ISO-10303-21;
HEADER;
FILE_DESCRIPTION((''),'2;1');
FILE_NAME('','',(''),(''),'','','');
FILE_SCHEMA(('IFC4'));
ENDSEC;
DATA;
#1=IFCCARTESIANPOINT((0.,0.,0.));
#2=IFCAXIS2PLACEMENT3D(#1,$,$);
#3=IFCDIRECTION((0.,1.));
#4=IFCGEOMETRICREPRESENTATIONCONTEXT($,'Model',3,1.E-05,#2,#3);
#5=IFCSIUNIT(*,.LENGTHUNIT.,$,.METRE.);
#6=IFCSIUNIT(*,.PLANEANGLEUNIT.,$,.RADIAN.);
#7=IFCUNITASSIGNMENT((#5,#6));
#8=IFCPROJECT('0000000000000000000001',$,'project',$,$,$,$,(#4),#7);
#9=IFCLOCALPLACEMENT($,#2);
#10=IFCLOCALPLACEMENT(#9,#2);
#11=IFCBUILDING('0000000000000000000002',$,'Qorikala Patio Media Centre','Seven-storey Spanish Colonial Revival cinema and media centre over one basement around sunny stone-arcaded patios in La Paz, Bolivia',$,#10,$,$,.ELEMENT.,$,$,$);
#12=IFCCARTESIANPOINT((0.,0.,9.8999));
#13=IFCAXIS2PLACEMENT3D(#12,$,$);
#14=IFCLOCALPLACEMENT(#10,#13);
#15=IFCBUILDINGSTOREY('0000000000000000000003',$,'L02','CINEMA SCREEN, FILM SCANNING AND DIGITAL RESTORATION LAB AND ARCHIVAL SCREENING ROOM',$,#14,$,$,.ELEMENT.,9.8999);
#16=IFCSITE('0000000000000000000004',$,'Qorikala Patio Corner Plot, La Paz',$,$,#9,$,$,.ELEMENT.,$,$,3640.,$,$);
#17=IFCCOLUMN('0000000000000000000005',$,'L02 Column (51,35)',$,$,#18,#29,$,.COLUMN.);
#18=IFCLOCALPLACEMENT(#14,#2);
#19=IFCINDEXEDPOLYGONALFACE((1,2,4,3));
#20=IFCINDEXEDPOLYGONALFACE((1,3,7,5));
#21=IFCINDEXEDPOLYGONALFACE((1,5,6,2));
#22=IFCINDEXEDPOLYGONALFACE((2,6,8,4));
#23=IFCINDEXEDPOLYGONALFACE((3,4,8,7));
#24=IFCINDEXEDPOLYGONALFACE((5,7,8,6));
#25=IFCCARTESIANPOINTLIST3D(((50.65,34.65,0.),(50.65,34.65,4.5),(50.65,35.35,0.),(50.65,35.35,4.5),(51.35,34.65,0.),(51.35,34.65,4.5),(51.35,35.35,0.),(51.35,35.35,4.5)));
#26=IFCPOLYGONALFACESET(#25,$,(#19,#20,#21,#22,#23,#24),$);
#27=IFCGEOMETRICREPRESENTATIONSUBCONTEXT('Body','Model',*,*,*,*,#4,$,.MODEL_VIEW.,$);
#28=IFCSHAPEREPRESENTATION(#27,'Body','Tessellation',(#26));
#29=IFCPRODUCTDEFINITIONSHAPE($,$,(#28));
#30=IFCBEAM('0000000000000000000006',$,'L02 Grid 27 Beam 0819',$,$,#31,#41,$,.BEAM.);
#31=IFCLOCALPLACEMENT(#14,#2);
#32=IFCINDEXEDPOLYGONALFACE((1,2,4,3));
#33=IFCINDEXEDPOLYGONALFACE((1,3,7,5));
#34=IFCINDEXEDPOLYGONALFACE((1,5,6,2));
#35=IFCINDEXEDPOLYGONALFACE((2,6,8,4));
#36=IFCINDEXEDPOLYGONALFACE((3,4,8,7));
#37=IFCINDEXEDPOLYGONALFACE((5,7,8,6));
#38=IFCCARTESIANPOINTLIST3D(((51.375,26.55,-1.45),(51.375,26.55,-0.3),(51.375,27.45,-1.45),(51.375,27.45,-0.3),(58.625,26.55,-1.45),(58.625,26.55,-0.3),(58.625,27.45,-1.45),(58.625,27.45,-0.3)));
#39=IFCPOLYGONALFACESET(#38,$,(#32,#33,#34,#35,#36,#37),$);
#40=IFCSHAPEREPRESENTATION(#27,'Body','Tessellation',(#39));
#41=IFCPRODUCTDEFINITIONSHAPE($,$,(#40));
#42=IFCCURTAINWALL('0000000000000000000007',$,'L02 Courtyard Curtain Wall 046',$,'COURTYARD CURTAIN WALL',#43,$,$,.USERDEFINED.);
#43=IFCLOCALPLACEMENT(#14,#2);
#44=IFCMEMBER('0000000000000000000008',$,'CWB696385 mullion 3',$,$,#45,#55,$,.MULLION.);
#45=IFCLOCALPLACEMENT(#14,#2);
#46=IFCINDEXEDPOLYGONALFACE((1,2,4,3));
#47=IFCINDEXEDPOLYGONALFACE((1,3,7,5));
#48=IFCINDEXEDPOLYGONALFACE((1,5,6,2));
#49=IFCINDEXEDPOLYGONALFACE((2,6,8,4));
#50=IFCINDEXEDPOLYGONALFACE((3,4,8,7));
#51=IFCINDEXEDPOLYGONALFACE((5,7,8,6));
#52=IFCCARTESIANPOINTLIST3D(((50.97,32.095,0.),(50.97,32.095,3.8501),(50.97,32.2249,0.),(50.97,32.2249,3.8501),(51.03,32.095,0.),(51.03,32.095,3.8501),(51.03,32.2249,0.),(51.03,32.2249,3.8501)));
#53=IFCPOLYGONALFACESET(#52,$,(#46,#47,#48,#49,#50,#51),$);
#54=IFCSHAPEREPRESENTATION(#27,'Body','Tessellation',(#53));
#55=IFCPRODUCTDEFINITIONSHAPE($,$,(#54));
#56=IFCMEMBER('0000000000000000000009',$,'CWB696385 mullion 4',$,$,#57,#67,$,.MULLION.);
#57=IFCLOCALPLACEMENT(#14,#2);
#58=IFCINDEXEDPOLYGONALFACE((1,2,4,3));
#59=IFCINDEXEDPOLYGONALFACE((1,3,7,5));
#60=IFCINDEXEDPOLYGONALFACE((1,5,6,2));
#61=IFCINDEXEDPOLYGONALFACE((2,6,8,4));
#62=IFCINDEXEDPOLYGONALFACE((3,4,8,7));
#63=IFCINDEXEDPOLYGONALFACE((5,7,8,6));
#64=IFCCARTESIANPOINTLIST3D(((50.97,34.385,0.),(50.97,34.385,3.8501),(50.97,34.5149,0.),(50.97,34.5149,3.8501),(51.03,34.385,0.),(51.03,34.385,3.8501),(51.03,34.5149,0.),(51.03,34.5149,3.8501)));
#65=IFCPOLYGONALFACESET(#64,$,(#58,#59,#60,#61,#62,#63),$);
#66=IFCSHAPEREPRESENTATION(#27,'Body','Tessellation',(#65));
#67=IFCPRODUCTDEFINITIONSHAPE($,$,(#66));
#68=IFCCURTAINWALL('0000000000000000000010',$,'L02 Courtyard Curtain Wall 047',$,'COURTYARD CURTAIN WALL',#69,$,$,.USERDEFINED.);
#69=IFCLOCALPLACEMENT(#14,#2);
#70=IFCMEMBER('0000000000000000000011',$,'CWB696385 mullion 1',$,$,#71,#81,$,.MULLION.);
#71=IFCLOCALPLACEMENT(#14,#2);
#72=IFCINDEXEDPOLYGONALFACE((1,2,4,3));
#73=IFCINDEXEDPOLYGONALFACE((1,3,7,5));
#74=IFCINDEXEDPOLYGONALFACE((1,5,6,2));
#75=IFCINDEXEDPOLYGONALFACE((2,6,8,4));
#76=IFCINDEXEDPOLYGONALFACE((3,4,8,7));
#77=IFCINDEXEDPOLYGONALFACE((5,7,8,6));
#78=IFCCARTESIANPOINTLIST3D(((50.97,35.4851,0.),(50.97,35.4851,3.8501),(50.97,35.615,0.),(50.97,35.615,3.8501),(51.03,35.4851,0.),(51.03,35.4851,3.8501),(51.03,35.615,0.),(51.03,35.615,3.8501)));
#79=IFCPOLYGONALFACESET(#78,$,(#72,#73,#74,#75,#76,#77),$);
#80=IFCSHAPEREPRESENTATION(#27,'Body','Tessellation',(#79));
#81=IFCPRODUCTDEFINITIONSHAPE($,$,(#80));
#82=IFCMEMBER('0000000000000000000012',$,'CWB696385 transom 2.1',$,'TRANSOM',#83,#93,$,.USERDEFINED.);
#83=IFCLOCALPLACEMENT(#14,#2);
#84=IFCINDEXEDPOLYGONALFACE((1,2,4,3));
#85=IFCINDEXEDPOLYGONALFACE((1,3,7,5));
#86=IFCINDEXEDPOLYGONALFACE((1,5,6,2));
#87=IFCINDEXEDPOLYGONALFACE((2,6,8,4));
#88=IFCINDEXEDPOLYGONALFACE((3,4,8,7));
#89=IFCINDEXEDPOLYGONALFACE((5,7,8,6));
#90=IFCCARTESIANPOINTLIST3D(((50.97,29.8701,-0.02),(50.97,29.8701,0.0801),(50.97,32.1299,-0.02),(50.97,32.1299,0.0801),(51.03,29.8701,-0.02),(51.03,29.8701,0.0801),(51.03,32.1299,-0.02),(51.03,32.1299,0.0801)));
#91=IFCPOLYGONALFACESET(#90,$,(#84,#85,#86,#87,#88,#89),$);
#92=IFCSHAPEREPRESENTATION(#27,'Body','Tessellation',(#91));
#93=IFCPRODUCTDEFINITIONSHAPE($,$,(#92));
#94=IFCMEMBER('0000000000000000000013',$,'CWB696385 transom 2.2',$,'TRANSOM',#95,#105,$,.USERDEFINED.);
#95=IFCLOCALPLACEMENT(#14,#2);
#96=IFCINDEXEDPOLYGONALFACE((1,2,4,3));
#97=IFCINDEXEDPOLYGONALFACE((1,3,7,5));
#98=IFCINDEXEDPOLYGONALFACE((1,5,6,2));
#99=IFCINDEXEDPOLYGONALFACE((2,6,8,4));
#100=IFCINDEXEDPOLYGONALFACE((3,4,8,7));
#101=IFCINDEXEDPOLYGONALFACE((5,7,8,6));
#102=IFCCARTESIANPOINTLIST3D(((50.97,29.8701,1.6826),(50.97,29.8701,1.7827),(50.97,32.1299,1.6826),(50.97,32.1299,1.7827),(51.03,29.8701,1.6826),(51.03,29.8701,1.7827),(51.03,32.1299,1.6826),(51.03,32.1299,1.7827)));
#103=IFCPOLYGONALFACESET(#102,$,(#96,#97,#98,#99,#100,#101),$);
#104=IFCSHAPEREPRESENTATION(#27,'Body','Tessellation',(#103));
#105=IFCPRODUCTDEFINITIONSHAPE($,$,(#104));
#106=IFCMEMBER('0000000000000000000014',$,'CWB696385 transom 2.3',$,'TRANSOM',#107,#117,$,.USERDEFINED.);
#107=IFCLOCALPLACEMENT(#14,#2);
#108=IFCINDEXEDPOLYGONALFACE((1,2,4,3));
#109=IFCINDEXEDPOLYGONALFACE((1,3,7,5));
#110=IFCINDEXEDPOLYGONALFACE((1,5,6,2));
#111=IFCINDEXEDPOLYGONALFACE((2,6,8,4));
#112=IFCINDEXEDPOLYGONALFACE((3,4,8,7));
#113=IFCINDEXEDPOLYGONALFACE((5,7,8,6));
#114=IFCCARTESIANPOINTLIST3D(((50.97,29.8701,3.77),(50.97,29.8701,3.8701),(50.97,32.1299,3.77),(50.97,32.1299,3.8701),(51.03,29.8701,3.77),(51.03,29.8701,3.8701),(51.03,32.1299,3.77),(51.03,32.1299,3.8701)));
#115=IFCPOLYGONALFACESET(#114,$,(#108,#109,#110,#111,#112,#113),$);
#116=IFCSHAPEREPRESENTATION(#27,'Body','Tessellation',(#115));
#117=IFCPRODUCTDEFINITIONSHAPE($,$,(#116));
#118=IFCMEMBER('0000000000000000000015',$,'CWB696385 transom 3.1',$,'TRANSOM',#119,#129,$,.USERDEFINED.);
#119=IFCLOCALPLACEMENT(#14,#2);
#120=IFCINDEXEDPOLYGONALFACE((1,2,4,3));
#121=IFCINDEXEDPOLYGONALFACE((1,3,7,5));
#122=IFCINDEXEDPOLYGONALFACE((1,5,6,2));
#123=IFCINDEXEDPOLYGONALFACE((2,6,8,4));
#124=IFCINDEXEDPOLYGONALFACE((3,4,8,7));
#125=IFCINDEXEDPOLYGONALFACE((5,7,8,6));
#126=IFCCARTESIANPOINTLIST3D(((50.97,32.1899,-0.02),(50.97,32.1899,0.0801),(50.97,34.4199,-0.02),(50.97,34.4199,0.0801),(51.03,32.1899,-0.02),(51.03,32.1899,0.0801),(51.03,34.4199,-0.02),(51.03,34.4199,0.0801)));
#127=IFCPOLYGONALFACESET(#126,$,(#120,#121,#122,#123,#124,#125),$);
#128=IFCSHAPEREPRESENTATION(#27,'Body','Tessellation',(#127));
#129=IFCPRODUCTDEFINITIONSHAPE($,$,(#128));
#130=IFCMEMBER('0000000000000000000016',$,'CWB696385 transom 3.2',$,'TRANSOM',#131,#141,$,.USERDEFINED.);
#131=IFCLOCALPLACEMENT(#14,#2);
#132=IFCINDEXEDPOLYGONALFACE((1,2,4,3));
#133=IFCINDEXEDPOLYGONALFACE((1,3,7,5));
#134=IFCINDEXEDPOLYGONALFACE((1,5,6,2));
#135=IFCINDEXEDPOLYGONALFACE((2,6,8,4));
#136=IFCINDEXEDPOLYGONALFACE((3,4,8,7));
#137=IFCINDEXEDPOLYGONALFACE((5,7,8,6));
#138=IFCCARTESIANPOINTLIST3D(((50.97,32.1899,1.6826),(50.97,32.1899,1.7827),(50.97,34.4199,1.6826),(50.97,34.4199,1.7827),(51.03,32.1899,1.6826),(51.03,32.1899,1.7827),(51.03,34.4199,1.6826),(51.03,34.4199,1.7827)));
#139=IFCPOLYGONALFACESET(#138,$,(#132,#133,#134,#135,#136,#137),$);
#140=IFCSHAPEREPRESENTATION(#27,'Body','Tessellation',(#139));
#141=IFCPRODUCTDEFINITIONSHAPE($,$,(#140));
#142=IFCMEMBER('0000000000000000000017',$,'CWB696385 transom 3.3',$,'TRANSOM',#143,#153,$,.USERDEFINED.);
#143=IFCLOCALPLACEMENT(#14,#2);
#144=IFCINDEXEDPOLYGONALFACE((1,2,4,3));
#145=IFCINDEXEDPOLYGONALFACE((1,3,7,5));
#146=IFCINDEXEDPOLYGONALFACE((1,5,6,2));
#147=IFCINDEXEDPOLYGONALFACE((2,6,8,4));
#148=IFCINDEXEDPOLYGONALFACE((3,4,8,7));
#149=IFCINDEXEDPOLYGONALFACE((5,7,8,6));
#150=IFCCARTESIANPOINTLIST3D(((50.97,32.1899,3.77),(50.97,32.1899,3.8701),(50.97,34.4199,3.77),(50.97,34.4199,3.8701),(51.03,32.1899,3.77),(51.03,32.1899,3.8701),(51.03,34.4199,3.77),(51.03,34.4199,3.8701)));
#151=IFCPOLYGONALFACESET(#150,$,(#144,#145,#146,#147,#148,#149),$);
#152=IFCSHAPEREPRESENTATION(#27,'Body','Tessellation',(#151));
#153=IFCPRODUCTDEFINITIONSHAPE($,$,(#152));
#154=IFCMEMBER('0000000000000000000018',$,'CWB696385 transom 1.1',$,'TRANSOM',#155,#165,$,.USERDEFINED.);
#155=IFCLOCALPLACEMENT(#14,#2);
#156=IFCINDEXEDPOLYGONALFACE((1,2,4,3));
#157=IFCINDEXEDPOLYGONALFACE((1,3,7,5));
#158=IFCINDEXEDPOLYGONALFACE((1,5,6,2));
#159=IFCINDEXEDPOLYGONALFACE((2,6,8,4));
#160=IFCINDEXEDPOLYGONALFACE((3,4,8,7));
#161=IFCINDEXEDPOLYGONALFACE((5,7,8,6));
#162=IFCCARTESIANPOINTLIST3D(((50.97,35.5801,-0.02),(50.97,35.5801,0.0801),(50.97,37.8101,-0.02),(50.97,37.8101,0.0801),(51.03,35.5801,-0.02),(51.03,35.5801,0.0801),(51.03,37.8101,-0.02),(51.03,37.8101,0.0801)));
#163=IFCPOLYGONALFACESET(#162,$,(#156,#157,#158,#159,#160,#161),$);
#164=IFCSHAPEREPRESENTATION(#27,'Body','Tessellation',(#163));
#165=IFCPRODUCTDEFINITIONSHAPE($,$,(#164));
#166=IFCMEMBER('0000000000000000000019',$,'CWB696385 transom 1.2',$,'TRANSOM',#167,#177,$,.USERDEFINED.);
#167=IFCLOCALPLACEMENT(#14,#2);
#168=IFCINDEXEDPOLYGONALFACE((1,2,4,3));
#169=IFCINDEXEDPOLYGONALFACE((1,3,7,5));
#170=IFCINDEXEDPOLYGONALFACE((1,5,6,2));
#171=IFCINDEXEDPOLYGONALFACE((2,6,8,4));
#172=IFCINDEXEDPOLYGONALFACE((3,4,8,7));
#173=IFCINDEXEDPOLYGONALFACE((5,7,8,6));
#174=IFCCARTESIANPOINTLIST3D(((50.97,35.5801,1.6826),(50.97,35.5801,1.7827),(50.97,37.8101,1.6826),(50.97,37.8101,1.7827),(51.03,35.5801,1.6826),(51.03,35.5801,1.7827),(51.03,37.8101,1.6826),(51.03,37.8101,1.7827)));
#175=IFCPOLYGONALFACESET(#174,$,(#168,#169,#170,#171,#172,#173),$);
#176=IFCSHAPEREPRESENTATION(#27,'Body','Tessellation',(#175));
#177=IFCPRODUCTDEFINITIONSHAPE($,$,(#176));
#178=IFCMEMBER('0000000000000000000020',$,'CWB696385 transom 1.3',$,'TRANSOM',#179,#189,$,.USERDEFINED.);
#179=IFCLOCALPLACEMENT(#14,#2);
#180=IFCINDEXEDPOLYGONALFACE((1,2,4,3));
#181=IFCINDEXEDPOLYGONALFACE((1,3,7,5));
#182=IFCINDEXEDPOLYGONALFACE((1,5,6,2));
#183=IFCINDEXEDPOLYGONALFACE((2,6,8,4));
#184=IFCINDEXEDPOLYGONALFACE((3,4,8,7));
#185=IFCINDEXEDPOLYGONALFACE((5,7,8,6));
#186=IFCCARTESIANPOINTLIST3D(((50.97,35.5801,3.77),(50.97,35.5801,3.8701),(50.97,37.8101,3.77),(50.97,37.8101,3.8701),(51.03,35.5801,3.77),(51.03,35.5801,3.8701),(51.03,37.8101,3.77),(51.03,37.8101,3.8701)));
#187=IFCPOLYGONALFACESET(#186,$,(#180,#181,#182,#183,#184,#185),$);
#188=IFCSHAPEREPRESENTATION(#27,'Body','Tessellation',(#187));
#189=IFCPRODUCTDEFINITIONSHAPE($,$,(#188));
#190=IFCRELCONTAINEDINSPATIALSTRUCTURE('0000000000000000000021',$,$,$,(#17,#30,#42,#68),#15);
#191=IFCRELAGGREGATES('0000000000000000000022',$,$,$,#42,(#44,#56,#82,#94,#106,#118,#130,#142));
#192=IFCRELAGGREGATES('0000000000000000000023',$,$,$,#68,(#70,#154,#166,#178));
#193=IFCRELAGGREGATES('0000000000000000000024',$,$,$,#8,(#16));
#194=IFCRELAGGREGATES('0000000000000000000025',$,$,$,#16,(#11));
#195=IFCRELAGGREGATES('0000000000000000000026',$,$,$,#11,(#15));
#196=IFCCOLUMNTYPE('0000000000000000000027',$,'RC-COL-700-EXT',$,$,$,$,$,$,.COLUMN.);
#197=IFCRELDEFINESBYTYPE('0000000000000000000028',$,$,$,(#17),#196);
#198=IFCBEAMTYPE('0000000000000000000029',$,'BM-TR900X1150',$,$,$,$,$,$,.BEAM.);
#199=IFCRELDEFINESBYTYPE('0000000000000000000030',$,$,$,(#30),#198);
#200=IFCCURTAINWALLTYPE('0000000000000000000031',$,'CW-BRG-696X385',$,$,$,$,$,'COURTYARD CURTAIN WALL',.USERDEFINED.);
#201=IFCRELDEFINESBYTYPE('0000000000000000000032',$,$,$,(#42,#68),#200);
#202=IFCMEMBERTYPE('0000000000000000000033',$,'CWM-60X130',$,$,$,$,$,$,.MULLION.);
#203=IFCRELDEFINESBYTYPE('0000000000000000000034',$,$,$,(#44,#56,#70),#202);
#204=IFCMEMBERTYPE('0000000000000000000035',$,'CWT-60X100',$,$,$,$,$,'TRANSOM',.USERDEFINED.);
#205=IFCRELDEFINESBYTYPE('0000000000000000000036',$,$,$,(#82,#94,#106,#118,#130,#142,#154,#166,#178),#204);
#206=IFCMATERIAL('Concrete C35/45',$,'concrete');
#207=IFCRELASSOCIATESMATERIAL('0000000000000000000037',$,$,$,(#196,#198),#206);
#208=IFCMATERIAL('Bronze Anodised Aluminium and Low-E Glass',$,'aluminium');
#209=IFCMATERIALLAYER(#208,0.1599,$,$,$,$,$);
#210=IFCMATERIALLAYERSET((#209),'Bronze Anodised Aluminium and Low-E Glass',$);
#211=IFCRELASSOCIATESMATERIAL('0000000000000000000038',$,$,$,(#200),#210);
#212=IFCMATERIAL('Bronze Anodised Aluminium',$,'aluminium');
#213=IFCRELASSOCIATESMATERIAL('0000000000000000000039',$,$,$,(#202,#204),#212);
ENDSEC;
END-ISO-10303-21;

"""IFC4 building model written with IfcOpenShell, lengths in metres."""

from ifc_helpers import new_model, si_unit, direction, frame, origin, origin_2d, place, context, subcontext, project, spatial, rectangle, extrude, material, layer, layer_set, material_profile, profile_set, type_object, element, aggregate, save


model = new_model("IFC4")

# Units and contexts
model_context = context("Model", 3, precision=1e-05, world=origin(), true_north=direction((0.0, 1.0)))
body_context = subcontext(model_context, "Body", "Model", "MODEL_VIEW")
ifc_project = project(units=[si_unit("LENGTHUNIT", "METRE"), si_unit("PLANEANGLEUNIT", "RADIAN")], contexts=[model_context])

# Site, building, storey
site_placement = place(None, origin())
site = spatial("IfcSite", under=ifc_project, at=site_placement, Name="Qorikala Patio Corner Plot, La Paz", CompositionType="ELEMENT", RefElevation=3640.0)
building_placement = place(site_placement, origin())
building = spatial("IfcBuilding", under=site, at=building_placement, Name="Qorikala Patio Media Centre", Description="Seven-storey Spanish Colonial Revival cinema and media centre over one basement around sunny stone-arcaded patios in La Paz, Bolivia", CompositionType="ELEMENT")
storey_placement = place(building_placement, frame((0.0, 0.0, 9.8999)))
storey = spatial("IfcBuildingStorey", under=building, at=storey_placement, Name="L02", Description="CINEMA SCREEN, FILM SCANNING AND DIGITAL RESTORATION LAB AND ARCHIVAL SCREENING ROOM", CompositionType="ELEMENT", Elevation=9.8999)

# Column
ifc_material_1 = material(Name="Concrete C35/45", Category="concrete")
ifc_material_profile_1 = material_profile(ifc_material_1, rectangle(XDim=0.7, YDim=0.7, at=origin_2d()), Name="RC 700x700")
ifc_profile_set_1 = profile_set([ifc_material_profile_1], Name="Concrete C35/45")
column_type = type_object("IfcColumnType", Name="RC-COL-700-EXT", PredefinedType="COLUMN", material=ifc_profile_set_1)
column_placement = place(storey_placement, frame((51.0, 35.0, 0.0), z_axis=(0.0, 0.0, 1.0), x_axis=(1.0, 0.0, 0.0)))
element("IfcColumn", 1, at=column_placement, inside=storey, type_object=column_type, Name="L02 Column (51,35)", PredefinedType="COLUMN", context=body_context, shape_type="SweptSolid", body=[
    extrude(rectangle(XDim=0.7, YDim=0.7, at=origin_2d()), origin(), (0.0, 0.0, 1.0), 4.5),
])

# Beam
ifc_material_profile_2 = material_profile(ifc_material_1, rectangle(XDim=0.8999, YDim=1.1499, at=origin_2d()), Name="RC 900x1150")
ifc_profile_set_2 = profile_set([ifc_material_profile_2], Name="Concrete C35/45")
beam_type_1 = type_object("IfcBeamType", Name="BM-TR900X1150", PredefinedType="BEAM", material=ifc_profile_set_2)
beam_1_placement = place(storey_placement, frame((51.375, 27.0, -0.875), z_axis=(1.0, 0.0, 0.0), x_axis=(0.0, 1.0, 0.0)))
element("IfcBeam", 2, at=beam_1_placement, inside=storey, type_object=beam_type_1, Name="L02 Grid 27 Beam 0819", PredefinedType="BEAM", context=body_context, shape_type="SweptSolid", body=[
    extrude(rectangle(XDim=0.8999, YDim=1.1499, at=origin_2d()), origin(), (0.0, 0.0, 1.0), 7.25),
])

# Curtain wall, members
ifc_material_2 = material(Name="Bronze Anodised Aluminium and Low-E Glass", Category="aluminium")
ifc_layer_1 = layer(ifc_material_2, 0.1599)
ifc_layer_set_1 = layer_set([ifc_layer_1], Name="Bronze Anodised Aluminium and Low-E Glass")
curtain_wall_type = type_object("IfcCurtainWallType", Name="CW-BRG-696X385", ElementType="COURTYARD CURTAIN WALL", PredefinedType="USERDEFINED", material=ifc_layer_set_1)
curtain_wall_1_placement = place(storey_placement, origin())
curtain_wall_1 = element("IfcCurtainWall", 3, at=curtain_wall_1_placement, inside=storey, type_object=curtain_wall_type, Name="L02 Courtyard Curtain Wall 046", ObjectType="COURTYARD CURTAIN WALL", PredefinedType="USERDEFINED")
ifc_material_3 = material(Name="Bronze Anodised Aluminium", Category="aluminium")
ifc_material_profile_3 = material_profile(ifc_material_3, rectangle(XDim=0.0601, YDim=0.1299, at=origin_2d()), Name="ALU MULLION 60x130")
ifc_profile_set_3 = profile_set([ifc_material_profile_3], Name="Bronze Anodised Aluminium")
member_type_1 = type_object("IfcMemberType", Name="CWM-60X130", PredefinedType="MULLION", material=ifc_profile_set_3)
member_1_placement = place(storey_placement, frame((51.0, 32.1599, 0.0), z_axis=(0.0, 0.0, 1.0), x_axis=(-1.0, 0.0, 0.0)))
member_1 = element("IfcMember", 4, at=member_1_placement, type_object=member_type_1, Name="CWB696385 mullion 3", PredefinedType="MULLION", context=body_context, shape_type="SweptSolid", body=[
    extrude(rectangle(XDim=0.0601, YDim=0.1299, at=origin_2d()), origin(), (0.0, 0.0, 1.0), 3.8501),
])
member_2_placement = place(storey_placement, frame((51.0, 34.45, 0.0), z_axis=(0.0, 0.0, 1.0), x_axis=(-1.0, 0.0, 0.0)))
member_2 = element("IfcMember", 5, at=member_2_placement, type_object=member_type_1, Name="CWB696385 mullion 4", PredefinedType="MULLION", context=body_context, shape_type="SweptSolid", body=[
    extrude(rectangle(XDim=0.0601, YDim=0.1299, at=origin_2d()), origin(), (0.0, 0.0, 1.0), 3.8501),
])

# Curtain wall, member
curtain_wall_2_placement = place(storey_placement, origin())
curtain_wall_2 = element("IfcCurtainWall", 6, at=curtain_wall_2_placement, inside=storey, type_object=curtain_wall_type, Name="L02 Courtyard Curtain Wall 047", ObjectType="COURTYARD CURTAIN WALL", PredefinedType="USERDEFINED")
member_3_placement = place(storey_placement, frame((51.0, 35.55, 0.0), z_axis=(0.0, 0.0, 1.0), x_axis=(-1.0, 0.0, 0.0)))
member_3 = element("IfcMember", 7, at=member_3_placement, type_object=member_type_1, Name="CWB696385 mullion 1", PredefinedType="MULLION", context=body_context, shape_type="SweptSolid", body=[
    extrude(rectangle(XDim=0.0601, YDim=0.1299, at=origin_2d()), origin(), (0.0, 0.0, 1.0), 3.8501),
])

# Members
ifc_material_profile_4 = material_profile(ifc_material_3, rectangle(XDim=0.0601, YDim=0.1001, at=origin_2d()), Name="ALU TRANSOM 60x100")
ifc_profile_set_4 = profile_set([ifc_material_profile_4], Name="Bronze Anodised Aluminium")
member_type_2 = type_object("IfcMemberType", Name="CWT-60X100", ElementType="TRANSOM", PredefinedType="USERDEFINED", material=ifc_profile_set_4)
member_4_placement = place(storey_placement, frame((51.0, 29.8701, 0.03), z_axis=(0.0, 1.0, 0.0), x_axis=(-1.0, 0.0, 0.0)))
member_4 = element("IfcMember", 8, at=member_4_placement, type_object=member_type_2, Name="CWB696385 transom 2.1", ObjectType="TRANSOM", PredefinedType="USERDEFINED", context=body_context, shape_type="SweptSolid", body=[
    extrude(rectangle(XDim=0.0601, YDim=0.1001, at=origin_2d()), origin(), (0.0, 0.0, 1.0), 2.2598),
])
member_5_placement = place(storey_placement, frame((51.0, 29.8701, 1.7327), z_axis=(0.0, 1.0, 0.0), x_axis=(-1.0, 0.0, 0.0)))
member_5 = element("IfcMember", 9, at=member_5_placement, type_object=member_type_2, Name="CWB696385 transom 2.2", ObjectType="TRANSOM", PredefinedType="USERDEFINED", context=body_context, shape_type="SweptSolid", body=[
    extrude(rectangle(XDim=0.0601, YDim=0.1001, at=origin_2d()), origin(), (0.0, 0.0, 1.0), 2.2598),
])
member_6_placement = place(storey_placement, frame((51.0, 29.8701, 3.8201), z_axis=(0.0, 1.0, 0.0), x_axis=(-1.0, 0.0, 0.0)))
member_6 = element("IfcMember", 10, at=member_6_placement, type_object=member_type_2, Name="CWB696385 transom 2.3", ObjectType="TRANSOM", PredefinedType="USERDEFINED", context=body_context, shape_type="SweptSolid", body=[
    extrude(rectangle(XDim=0.0601, YDim=0.1001, at=origin_2d()), origin(), (0.0, 0.0, 1.0), 2.2598),
])
member_7_placement = place(storey_placement, frame((51.0, 32.1899, 0.03), z_axis=(0.0, 1.0, 0.0), x_axis=(-1.0, 0.0, 0.0)))
member_7 = element("IfcMember", 11, at=member_7_placement, type_object=member_type_2, Name="CWB696385 transom 3.1", ObjectType="TRANSOM", PredefinedType="USERDEFINED", context=body_context, shape_type="SweptSolid", body=[
    extrude(rectangle(XDim=0.0601, YDim=0.1001, at=origin_2d()), origin(), (0.0, 0.0, 1.0), 2.23),
])
member_8_placement = place(storey_placement, frame((51.0, 32.1899, 1.7327), z_axis=(0.0, 1.0, 0.0), x_axis=(-1.0, 0.0, 0.0)))
member_8 = element("IfcMember", 12, at=member_8_placement, type_object=member_type_2, Name="CWB696385 transom 3.2", ObjectType="TRANSOM", PredefinedType="USERDEFINED", context=body_context, shape_type="SweptSolid", body=[
    extrude(rectangle(XDim=0.0601, YDim=0.1001, at=origin_2d()), origin(), (0.0, 0.0, 1.0), 2.23),
])
member_9_placement = place(storey_placement, frame((51.0, 32.1899, 3.8201), z_axis=(0.0, 1.0, 0.0), x_axis=(-1.0, 0.0, 0.0)))
member_9 = element("IfcMember", 13, at=member_9_placement, type_object=member_type_2, Name="CWB696385 transom 3.3", ObjectType="TRANSOM", PredefinedType="USERDEFINED", context=body_context, shape_type="SweptSolid", body=[
    extrude(rectangle(XDim=0.0601, YDim=0.1001, at=origin_2d()), origin(), (0.0, 0.0, 1.0), 2.23),
])
member_10_placement = place(storey_placement, frame((51.0, 35.5801, 0.03), z_axis=(0.0, 1.0, 0.0), x_axis=(-1.0, 0.0, 0.0)))
member_10 = element("IfcMember", 14, at=member_10_placement, type_object=member_type_2, Name="CWB696385 transom 1.1", ObjectType="TRANSOM", PredefinedType="USERDEFINED", context=body_context, shape_type="SweptSolid", body=[
    extrude(rectangle(XDim=0.0601, YDim=0.1001, at=origin_2d()), origin(), (0.0, 0.0, 1.0), 2.23),
])
member_11_placement = place(storey_placement, frame((51.0, 35.5801, 1.7327), z_axis=(0.0, 1.0, 0.0), x_axis=(-1.0, 0.0, 0.0)))
member_11 = element("IfcMember", 15, at=member_11_placement, type_object=member_type_2, Name="CWB696385 transom 1.2", ObjectType="TRANSOM", PredefinedType="USERDEFINED", context=body_context, shape_type="SweptSolid", body=[
    extrude(rectangle(XDim=0.0601, YDim=0.1001, at=origin_2d()), origin(), (0.0, 0.0, 1.0), 2.23),
])
member_12_placement = place(storey_placement, frame((51.0, 35.5801, 3.8201), z_axis=(0.0, 1.0, 0.0), x_axis=(-1.0, 0.0, 0.0)))
member_12 = element("IfcMember", 16, at=member_12_placement, type_object=member_type_2, Name="CWB696385 transom 1.3", ObjectType="TRANSOM", PredefinedType="USERDEFINED", context=body_context, shape_type="SweptSolid", body=[
    extrude(rectangle(XDim=0.0601, YDim=0.1001, at=origin_2d()), origin(), (0.0, 0.0, 1.0), 2.23),
])

aggregate(curtain_wall_1, [member_1, member_2, member_4, member_5, member_6, member_7, member_8, member_9])
aggregate(curtain_wall_2, [member_3, member_10, member_11, member_12])

save(model, "model.ifc")
